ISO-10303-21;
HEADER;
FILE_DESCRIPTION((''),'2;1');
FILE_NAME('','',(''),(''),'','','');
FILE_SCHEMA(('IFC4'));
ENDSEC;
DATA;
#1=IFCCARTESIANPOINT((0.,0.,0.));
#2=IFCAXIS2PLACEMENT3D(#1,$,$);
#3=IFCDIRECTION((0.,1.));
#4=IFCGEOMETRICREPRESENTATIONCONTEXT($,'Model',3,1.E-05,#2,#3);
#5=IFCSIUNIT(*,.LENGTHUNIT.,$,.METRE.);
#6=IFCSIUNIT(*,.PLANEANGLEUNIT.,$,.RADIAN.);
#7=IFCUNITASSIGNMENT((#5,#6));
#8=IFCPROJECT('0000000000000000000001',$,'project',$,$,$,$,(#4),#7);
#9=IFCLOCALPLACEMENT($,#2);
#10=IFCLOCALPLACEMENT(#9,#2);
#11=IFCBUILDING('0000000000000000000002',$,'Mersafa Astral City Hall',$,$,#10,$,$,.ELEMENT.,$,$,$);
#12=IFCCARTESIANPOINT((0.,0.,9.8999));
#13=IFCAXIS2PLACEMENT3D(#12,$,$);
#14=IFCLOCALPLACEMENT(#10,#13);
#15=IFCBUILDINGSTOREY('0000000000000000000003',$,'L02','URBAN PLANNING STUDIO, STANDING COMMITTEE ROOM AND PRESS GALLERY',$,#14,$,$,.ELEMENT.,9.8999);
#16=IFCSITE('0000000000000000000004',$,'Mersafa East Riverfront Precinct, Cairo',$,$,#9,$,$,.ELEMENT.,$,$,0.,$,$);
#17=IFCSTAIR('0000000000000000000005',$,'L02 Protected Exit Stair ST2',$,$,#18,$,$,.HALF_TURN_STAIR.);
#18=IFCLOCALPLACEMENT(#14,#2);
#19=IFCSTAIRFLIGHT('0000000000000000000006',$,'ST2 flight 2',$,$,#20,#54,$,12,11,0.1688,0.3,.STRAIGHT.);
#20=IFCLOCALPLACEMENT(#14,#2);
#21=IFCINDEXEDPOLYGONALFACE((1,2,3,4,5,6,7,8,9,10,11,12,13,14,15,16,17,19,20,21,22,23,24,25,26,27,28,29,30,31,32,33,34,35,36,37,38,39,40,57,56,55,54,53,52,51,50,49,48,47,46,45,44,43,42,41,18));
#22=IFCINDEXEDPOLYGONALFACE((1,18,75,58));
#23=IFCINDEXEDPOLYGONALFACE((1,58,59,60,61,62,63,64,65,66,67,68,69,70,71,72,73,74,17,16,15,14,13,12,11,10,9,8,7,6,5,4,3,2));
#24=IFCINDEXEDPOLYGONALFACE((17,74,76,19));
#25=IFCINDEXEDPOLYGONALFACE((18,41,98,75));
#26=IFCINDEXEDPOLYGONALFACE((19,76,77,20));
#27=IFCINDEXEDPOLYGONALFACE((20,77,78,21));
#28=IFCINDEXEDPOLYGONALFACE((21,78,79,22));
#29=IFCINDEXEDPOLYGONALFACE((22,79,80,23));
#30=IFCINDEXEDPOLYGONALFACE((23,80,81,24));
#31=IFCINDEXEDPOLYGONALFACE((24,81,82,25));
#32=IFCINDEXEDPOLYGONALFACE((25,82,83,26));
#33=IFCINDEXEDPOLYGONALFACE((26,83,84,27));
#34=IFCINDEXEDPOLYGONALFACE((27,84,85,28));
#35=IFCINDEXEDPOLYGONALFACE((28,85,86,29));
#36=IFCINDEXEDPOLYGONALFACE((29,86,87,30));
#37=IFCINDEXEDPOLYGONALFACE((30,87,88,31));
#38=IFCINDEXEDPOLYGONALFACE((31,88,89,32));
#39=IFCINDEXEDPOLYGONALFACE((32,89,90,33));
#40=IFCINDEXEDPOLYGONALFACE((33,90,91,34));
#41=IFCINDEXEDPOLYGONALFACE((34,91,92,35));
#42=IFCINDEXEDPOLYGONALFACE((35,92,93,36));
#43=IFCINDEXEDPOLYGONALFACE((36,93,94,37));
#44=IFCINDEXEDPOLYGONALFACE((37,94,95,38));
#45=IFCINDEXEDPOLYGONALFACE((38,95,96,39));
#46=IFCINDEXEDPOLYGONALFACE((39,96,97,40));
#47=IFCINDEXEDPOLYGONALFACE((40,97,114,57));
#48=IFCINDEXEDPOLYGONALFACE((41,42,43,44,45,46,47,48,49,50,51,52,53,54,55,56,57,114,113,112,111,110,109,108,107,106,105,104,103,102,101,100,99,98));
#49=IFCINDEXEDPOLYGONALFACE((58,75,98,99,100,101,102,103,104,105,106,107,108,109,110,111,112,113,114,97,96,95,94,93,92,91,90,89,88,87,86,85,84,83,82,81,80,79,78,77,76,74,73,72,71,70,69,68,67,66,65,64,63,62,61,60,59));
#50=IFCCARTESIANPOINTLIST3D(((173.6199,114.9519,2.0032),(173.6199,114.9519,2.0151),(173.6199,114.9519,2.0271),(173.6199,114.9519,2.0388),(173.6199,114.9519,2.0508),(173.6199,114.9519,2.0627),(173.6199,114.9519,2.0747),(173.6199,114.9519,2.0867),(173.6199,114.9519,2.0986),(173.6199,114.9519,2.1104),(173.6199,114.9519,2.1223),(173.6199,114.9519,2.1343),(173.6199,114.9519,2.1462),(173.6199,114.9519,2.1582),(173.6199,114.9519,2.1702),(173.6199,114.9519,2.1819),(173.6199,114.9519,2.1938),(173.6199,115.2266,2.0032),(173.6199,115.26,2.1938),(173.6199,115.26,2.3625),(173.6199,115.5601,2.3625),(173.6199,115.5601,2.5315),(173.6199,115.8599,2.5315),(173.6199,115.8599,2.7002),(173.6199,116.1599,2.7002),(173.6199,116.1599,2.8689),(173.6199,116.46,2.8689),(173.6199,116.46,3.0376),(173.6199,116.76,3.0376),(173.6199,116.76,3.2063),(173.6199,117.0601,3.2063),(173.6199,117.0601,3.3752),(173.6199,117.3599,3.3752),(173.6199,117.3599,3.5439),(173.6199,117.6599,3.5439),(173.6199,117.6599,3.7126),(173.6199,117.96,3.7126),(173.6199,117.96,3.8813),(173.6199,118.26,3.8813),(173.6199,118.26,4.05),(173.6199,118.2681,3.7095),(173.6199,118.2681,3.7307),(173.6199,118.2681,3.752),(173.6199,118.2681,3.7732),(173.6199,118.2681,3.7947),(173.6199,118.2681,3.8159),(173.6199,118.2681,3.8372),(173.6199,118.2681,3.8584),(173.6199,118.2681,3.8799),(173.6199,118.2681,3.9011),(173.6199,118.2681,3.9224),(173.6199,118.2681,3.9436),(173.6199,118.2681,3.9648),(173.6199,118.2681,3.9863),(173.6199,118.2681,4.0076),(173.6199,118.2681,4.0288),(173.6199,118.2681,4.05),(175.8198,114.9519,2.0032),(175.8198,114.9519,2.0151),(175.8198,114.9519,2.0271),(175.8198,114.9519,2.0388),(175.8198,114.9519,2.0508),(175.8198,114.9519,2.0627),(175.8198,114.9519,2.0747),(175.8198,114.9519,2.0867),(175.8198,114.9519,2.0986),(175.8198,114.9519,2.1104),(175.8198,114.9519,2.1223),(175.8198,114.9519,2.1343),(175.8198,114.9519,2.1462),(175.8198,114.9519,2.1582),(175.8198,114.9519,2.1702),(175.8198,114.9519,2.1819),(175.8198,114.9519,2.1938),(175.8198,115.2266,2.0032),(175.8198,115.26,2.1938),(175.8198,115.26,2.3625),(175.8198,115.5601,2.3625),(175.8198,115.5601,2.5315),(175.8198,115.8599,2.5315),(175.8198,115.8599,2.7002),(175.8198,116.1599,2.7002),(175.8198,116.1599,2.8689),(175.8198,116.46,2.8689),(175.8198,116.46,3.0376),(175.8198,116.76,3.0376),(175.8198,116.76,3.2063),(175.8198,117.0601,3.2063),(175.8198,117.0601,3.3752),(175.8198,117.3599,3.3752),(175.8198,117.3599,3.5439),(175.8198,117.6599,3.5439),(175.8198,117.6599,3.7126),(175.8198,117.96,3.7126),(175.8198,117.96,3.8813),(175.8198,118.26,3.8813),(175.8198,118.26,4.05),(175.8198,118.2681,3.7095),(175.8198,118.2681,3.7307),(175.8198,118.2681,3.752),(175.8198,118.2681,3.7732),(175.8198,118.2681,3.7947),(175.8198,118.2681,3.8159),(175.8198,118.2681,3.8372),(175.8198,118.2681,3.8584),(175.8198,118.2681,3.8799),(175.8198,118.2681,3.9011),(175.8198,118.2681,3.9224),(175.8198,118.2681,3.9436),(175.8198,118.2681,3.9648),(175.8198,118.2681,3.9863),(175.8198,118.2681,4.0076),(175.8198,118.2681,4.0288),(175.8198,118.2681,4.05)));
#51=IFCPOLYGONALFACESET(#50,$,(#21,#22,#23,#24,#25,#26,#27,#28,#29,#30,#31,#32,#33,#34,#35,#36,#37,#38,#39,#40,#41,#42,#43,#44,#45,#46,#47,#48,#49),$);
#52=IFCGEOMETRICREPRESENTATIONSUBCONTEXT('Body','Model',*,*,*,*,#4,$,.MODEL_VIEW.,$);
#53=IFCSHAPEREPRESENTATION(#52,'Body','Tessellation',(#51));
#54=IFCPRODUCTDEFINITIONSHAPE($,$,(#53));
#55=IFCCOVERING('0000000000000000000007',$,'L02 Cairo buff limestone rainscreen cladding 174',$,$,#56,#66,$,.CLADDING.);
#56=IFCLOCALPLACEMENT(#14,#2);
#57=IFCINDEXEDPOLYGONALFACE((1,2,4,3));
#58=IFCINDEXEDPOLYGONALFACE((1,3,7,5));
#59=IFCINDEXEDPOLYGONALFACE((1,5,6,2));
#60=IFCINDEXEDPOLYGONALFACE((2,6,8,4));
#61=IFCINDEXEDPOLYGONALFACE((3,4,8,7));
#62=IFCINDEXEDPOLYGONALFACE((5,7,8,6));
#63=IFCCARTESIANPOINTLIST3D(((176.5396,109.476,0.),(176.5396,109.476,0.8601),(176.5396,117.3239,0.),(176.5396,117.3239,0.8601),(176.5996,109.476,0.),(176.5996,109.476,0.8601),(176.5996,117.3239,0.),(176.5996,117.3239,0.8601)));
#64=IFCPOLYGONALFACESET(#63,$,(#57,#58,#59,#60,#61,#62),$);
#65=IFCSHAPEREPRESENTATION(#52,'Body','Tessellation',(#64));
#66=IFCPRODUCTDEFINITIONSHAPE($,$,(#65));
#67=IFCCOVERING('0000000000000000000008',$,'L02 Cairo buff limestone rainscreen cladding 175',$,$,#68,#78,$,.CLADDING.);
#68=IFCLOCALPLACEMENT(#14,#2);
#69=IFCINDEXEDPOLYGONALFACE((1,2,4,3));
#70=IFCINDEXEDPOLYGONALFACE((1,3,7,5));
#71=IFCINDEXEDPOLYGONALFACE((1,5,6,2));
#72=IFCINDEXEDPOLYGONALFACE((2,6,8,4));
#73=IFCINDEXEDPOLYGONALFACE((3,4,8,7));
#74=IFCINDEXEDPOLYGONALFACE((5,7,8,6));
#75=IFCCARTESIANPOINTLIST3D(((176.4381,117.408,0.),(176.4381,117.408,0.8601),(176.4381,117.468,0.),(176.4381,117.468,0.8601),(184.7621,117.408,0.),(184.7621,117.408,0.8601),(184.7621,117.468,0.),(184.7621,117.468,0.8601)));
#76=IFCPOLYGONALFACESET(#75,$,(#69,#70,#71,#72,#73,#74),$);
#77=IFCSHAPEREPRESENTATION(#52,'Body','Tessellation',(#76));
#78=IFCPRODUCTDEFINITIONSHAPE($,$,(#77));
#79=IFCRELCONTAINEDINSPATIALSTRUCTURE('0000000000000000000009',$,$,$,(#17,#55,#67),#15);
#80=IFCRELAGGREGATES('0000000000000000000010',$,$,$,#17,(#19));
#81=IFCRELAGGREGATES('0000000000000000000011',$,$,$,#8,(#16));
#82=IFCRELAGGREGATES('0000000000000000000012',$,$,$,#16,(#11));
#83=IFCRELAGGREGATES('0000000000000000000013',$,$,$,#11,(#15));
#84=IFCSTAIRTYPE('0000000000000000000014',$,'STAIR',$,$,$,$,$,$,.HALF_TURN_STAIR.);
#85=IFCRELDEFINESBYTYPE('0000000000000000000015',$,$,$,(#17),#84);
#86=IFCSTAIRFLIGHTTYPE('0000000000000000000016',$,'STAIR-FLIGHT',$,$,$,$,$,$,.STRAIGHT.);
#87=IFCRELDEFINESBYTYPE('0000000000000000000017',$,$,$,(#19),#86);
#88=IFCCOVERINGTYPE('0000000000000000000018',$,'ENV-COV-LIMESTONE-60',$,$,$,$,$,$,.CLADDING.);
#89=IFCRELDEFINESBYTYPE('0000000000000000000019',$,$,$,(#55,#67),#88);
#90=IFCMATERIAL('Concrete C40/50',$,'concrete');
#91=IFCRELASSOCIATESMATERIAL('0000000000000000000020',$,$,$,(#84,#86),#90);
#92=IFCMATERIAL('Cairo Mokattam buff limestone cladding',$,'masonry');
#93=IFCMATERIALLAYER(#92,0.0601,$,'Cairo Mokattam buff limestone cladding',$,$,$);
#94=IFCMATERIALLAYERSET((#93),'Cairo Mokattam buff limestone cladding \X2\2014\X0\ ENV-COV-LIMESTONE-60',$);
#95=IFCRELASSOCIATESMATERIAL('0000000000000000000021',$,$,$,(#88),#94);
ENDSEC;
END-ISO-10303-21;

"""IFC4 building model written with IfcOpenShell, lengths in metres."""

from ifc_helpers import new_model, si_unit, direction, frame, origin, origin_2d, place, context, subcontext, project, spatial, polyline, rectangle, outline, extrude, material, layer, layer_set, type_object, element, aggregate, save


model = new_model("IFC4")

# Units and contexts
model_context = context("Model", 3, precision=1e-05, world=origin(), true_north=direction((0.0, 1.0)))
body_context = subcontext(model_context, "Body", "Model", "MODEL_VIEW")
ifc_project = project(units=[si_unit("LENGTHUNIT", "METRE"), si_unit("PLANEANGLEUNIT", "RADIAN")], contexts=[model_context])

# Site, building, storey
site_placement = place(None, origin())
site = spatial("IfcSite", under=ifc_project, at=site_placement, Name="Mersafa East Riverfront Precinct, Cairo", CompositionType="ELEMENT", RefElevation=0.0)
building_placement = place(site_placement, origin())
building = spatial("IfcBuilding", under=site, at=building_placement, Name="Mersafa Astral City Hall", CompositionType="ELEMENT")
storey_placement = place(building_placement, frame((0.0, 0.0, 9.8999)))
storey = spatial("IfcBuildingStorey", under=building, at=storey_placement, Name="L02", Description="URBAN PLANNING STUDIO, STANDING COMMITTEE ROOM AND PRESS GALLERY", CompositionType="ELEMENT", Elevation=9.8999)

# Stair, stair flight
ifc_material_1 = material(Name="Concrete C40/50", Category="concrete")
stair_type = type_object("IfcStairType", Name="STAIR", PredefinedType="HALF_TURN_STAIR", material=ifc_material_1)
stair_placement = place(storey_placement, origin())
stair = element("IfcStair", 1, at=stair_placement, inside=storey, type_object=stair_type, Name="L02 Protected Exit Stair ST2", PredefinedType="HALF_TURN_STAIR")
stair_flight_type = type_object("IfcStairFlightType", Name="STAIR-FLIGHT", PredefinedType="STRAIGHT", material=ifc_material_1)
stair_flight_1_placement = place(storey_placement, frame((174.72, 114.96, 2.0251), z_axis=(0.0, 0.0, 1.0), x_axis=(0.0, 1.0, 0.0)))
stair_flight_1 = element("IfcStairFlight", 2, at=stair_flight_1_placement, type_object=stair_flight_type, Name="ST2 flight 2", NumberOfRisers=12, NumberOfTreads=11, PredefinedType="STRAIGHT", RiserHeight=0.1688, TreadLength=0.3, context=body_context, shape_type="SweptSolid", body=[
    extrude(outline(polyline([(-0.0081, -0.022), (-0.0081, -0.01), (-0.0081, 0.002), (-0.0081, 0.0137), (-0.0081, 0.0256), (-0.0081, 0.0376), (-0.0081, 0.0496), (-0.0081, 0.0615), (-0.0081, 0.0735), (-0.0081, 0.0852), (-0.0081, 0.0972), (-0.0081, 0.1091), (-0.0081, 0.1211), (-0.0081, 0.1331), (-0.0081, 0.145), (-0.0081, 0.1567), (-0.0081, 0.1687), (0.3, 0.1687), (0.3, 0.3374), (0.6001, 0.3374), (0.6001, 0.5063), (0.8999, 0.5063), (0.8999, 0.675), (1.2, 0.675), (1.2, 0.8438), (1.5, 0.8438), (1.5, 1.0125), (1.8, 1.0125), (1.8, 1.1812), (2.1001, 1.1812), (2.1001, 1.3501), (2.3999, 1.3501), (2.3999, 1.5188), (2.7, 1.5188), (2.7, 1.6875), (3.0, 1.6875), (3.0, 1.8562), (3.3, 1.8562), (3.3, 2.0249), (3.3081, 2.0249), (3.3081, 2.0037), (3.3081, 1.9824), (3.3081, 1.9612), (3.3081, 1.9397), (3.3081, 1.9185), (3.3081, 1.8972), (3.3081, 1.876), (3.3081, 1.8547), (3.3081, 1.8333), (3.3081, 1.812), (3.3081, 1.7908), (3.3081, 1.7695), (3.3081, 1.748), (3.3081, 1.7268), (3.3081, 1.7056), (3.3081, 1.6843), (0.2666, -0.022), (-0.0081, -0.022)])), frame((0.0, 1.1001, 0.0), z_axis=(0.0, -1.0, 0.0), x_axis=(1.0, 0.0, 0.0)), (0.0, 0.0, 1.0), 2.2),
])
aggregate(stair, [stair_flight_1])

# Coverings
ifc_material_2 = material(Name="Cairo Mokattam buff limestone cladding", Category="masonry")
ifc_layer_1 = layer(ifc_material_2, 0.0601, Name="Cairo Mokattam buff limestone cladding")
ifc_layer_set_1 = layer_set([ifc_layer_1], Name="Cairo Mokattam buff limestone cladding — ENV-COV-LIMESTONE-60")
covering_type = type_object("IfcCoveringType", Name="ENV-COV-LIMESTONE-60", PredefinedType="CLADDING", material=ifc_layer_set_1)
covering_1_placement = place(storey_placement, frame((176.5696, 113.3999, 0.0), z_axis=(0.0, 0.0, 1.0), x_axis=(0.0, 1.0, 0.0)))
element("IfcCovering", 3, at=covering_1_placement, inside=storey, type_object=covering_type, Name="L02 Cairo buff limestone rainscreen cladding 174", PredefinedType="CLADDING", context=body_context, shape_type="SweptSolid", body=[
    extrude(rectangle(XDim=7.8479, YDim=0.0601, at=origin_2d()), origin(), (0.0, 0.0, 1.0), 0.8601),
])
covering_2_placement = place(storey_placement, frame((180.6001, 117.438, 0.0), z_axis=(0.0, 0.0, 1.0), x_axis=(1.0, 0.0, 0.0)))
element("IfcCovering", 4, at=covering_2_placement, inside=storey, type_object=covering_type, Name="L02 Cairo buff limestone rainscreen cladding 175", PredefinedType="CLADDING", context=body_context, shape_type="SweptSolid", body=[
    extrude(rectangle(XDim=8.324, YDim=0.0601, at=origin_2d()), origin(), (0.0, 0.0, 1.0), 0.8601),
])

save(model, "model.ifc")
